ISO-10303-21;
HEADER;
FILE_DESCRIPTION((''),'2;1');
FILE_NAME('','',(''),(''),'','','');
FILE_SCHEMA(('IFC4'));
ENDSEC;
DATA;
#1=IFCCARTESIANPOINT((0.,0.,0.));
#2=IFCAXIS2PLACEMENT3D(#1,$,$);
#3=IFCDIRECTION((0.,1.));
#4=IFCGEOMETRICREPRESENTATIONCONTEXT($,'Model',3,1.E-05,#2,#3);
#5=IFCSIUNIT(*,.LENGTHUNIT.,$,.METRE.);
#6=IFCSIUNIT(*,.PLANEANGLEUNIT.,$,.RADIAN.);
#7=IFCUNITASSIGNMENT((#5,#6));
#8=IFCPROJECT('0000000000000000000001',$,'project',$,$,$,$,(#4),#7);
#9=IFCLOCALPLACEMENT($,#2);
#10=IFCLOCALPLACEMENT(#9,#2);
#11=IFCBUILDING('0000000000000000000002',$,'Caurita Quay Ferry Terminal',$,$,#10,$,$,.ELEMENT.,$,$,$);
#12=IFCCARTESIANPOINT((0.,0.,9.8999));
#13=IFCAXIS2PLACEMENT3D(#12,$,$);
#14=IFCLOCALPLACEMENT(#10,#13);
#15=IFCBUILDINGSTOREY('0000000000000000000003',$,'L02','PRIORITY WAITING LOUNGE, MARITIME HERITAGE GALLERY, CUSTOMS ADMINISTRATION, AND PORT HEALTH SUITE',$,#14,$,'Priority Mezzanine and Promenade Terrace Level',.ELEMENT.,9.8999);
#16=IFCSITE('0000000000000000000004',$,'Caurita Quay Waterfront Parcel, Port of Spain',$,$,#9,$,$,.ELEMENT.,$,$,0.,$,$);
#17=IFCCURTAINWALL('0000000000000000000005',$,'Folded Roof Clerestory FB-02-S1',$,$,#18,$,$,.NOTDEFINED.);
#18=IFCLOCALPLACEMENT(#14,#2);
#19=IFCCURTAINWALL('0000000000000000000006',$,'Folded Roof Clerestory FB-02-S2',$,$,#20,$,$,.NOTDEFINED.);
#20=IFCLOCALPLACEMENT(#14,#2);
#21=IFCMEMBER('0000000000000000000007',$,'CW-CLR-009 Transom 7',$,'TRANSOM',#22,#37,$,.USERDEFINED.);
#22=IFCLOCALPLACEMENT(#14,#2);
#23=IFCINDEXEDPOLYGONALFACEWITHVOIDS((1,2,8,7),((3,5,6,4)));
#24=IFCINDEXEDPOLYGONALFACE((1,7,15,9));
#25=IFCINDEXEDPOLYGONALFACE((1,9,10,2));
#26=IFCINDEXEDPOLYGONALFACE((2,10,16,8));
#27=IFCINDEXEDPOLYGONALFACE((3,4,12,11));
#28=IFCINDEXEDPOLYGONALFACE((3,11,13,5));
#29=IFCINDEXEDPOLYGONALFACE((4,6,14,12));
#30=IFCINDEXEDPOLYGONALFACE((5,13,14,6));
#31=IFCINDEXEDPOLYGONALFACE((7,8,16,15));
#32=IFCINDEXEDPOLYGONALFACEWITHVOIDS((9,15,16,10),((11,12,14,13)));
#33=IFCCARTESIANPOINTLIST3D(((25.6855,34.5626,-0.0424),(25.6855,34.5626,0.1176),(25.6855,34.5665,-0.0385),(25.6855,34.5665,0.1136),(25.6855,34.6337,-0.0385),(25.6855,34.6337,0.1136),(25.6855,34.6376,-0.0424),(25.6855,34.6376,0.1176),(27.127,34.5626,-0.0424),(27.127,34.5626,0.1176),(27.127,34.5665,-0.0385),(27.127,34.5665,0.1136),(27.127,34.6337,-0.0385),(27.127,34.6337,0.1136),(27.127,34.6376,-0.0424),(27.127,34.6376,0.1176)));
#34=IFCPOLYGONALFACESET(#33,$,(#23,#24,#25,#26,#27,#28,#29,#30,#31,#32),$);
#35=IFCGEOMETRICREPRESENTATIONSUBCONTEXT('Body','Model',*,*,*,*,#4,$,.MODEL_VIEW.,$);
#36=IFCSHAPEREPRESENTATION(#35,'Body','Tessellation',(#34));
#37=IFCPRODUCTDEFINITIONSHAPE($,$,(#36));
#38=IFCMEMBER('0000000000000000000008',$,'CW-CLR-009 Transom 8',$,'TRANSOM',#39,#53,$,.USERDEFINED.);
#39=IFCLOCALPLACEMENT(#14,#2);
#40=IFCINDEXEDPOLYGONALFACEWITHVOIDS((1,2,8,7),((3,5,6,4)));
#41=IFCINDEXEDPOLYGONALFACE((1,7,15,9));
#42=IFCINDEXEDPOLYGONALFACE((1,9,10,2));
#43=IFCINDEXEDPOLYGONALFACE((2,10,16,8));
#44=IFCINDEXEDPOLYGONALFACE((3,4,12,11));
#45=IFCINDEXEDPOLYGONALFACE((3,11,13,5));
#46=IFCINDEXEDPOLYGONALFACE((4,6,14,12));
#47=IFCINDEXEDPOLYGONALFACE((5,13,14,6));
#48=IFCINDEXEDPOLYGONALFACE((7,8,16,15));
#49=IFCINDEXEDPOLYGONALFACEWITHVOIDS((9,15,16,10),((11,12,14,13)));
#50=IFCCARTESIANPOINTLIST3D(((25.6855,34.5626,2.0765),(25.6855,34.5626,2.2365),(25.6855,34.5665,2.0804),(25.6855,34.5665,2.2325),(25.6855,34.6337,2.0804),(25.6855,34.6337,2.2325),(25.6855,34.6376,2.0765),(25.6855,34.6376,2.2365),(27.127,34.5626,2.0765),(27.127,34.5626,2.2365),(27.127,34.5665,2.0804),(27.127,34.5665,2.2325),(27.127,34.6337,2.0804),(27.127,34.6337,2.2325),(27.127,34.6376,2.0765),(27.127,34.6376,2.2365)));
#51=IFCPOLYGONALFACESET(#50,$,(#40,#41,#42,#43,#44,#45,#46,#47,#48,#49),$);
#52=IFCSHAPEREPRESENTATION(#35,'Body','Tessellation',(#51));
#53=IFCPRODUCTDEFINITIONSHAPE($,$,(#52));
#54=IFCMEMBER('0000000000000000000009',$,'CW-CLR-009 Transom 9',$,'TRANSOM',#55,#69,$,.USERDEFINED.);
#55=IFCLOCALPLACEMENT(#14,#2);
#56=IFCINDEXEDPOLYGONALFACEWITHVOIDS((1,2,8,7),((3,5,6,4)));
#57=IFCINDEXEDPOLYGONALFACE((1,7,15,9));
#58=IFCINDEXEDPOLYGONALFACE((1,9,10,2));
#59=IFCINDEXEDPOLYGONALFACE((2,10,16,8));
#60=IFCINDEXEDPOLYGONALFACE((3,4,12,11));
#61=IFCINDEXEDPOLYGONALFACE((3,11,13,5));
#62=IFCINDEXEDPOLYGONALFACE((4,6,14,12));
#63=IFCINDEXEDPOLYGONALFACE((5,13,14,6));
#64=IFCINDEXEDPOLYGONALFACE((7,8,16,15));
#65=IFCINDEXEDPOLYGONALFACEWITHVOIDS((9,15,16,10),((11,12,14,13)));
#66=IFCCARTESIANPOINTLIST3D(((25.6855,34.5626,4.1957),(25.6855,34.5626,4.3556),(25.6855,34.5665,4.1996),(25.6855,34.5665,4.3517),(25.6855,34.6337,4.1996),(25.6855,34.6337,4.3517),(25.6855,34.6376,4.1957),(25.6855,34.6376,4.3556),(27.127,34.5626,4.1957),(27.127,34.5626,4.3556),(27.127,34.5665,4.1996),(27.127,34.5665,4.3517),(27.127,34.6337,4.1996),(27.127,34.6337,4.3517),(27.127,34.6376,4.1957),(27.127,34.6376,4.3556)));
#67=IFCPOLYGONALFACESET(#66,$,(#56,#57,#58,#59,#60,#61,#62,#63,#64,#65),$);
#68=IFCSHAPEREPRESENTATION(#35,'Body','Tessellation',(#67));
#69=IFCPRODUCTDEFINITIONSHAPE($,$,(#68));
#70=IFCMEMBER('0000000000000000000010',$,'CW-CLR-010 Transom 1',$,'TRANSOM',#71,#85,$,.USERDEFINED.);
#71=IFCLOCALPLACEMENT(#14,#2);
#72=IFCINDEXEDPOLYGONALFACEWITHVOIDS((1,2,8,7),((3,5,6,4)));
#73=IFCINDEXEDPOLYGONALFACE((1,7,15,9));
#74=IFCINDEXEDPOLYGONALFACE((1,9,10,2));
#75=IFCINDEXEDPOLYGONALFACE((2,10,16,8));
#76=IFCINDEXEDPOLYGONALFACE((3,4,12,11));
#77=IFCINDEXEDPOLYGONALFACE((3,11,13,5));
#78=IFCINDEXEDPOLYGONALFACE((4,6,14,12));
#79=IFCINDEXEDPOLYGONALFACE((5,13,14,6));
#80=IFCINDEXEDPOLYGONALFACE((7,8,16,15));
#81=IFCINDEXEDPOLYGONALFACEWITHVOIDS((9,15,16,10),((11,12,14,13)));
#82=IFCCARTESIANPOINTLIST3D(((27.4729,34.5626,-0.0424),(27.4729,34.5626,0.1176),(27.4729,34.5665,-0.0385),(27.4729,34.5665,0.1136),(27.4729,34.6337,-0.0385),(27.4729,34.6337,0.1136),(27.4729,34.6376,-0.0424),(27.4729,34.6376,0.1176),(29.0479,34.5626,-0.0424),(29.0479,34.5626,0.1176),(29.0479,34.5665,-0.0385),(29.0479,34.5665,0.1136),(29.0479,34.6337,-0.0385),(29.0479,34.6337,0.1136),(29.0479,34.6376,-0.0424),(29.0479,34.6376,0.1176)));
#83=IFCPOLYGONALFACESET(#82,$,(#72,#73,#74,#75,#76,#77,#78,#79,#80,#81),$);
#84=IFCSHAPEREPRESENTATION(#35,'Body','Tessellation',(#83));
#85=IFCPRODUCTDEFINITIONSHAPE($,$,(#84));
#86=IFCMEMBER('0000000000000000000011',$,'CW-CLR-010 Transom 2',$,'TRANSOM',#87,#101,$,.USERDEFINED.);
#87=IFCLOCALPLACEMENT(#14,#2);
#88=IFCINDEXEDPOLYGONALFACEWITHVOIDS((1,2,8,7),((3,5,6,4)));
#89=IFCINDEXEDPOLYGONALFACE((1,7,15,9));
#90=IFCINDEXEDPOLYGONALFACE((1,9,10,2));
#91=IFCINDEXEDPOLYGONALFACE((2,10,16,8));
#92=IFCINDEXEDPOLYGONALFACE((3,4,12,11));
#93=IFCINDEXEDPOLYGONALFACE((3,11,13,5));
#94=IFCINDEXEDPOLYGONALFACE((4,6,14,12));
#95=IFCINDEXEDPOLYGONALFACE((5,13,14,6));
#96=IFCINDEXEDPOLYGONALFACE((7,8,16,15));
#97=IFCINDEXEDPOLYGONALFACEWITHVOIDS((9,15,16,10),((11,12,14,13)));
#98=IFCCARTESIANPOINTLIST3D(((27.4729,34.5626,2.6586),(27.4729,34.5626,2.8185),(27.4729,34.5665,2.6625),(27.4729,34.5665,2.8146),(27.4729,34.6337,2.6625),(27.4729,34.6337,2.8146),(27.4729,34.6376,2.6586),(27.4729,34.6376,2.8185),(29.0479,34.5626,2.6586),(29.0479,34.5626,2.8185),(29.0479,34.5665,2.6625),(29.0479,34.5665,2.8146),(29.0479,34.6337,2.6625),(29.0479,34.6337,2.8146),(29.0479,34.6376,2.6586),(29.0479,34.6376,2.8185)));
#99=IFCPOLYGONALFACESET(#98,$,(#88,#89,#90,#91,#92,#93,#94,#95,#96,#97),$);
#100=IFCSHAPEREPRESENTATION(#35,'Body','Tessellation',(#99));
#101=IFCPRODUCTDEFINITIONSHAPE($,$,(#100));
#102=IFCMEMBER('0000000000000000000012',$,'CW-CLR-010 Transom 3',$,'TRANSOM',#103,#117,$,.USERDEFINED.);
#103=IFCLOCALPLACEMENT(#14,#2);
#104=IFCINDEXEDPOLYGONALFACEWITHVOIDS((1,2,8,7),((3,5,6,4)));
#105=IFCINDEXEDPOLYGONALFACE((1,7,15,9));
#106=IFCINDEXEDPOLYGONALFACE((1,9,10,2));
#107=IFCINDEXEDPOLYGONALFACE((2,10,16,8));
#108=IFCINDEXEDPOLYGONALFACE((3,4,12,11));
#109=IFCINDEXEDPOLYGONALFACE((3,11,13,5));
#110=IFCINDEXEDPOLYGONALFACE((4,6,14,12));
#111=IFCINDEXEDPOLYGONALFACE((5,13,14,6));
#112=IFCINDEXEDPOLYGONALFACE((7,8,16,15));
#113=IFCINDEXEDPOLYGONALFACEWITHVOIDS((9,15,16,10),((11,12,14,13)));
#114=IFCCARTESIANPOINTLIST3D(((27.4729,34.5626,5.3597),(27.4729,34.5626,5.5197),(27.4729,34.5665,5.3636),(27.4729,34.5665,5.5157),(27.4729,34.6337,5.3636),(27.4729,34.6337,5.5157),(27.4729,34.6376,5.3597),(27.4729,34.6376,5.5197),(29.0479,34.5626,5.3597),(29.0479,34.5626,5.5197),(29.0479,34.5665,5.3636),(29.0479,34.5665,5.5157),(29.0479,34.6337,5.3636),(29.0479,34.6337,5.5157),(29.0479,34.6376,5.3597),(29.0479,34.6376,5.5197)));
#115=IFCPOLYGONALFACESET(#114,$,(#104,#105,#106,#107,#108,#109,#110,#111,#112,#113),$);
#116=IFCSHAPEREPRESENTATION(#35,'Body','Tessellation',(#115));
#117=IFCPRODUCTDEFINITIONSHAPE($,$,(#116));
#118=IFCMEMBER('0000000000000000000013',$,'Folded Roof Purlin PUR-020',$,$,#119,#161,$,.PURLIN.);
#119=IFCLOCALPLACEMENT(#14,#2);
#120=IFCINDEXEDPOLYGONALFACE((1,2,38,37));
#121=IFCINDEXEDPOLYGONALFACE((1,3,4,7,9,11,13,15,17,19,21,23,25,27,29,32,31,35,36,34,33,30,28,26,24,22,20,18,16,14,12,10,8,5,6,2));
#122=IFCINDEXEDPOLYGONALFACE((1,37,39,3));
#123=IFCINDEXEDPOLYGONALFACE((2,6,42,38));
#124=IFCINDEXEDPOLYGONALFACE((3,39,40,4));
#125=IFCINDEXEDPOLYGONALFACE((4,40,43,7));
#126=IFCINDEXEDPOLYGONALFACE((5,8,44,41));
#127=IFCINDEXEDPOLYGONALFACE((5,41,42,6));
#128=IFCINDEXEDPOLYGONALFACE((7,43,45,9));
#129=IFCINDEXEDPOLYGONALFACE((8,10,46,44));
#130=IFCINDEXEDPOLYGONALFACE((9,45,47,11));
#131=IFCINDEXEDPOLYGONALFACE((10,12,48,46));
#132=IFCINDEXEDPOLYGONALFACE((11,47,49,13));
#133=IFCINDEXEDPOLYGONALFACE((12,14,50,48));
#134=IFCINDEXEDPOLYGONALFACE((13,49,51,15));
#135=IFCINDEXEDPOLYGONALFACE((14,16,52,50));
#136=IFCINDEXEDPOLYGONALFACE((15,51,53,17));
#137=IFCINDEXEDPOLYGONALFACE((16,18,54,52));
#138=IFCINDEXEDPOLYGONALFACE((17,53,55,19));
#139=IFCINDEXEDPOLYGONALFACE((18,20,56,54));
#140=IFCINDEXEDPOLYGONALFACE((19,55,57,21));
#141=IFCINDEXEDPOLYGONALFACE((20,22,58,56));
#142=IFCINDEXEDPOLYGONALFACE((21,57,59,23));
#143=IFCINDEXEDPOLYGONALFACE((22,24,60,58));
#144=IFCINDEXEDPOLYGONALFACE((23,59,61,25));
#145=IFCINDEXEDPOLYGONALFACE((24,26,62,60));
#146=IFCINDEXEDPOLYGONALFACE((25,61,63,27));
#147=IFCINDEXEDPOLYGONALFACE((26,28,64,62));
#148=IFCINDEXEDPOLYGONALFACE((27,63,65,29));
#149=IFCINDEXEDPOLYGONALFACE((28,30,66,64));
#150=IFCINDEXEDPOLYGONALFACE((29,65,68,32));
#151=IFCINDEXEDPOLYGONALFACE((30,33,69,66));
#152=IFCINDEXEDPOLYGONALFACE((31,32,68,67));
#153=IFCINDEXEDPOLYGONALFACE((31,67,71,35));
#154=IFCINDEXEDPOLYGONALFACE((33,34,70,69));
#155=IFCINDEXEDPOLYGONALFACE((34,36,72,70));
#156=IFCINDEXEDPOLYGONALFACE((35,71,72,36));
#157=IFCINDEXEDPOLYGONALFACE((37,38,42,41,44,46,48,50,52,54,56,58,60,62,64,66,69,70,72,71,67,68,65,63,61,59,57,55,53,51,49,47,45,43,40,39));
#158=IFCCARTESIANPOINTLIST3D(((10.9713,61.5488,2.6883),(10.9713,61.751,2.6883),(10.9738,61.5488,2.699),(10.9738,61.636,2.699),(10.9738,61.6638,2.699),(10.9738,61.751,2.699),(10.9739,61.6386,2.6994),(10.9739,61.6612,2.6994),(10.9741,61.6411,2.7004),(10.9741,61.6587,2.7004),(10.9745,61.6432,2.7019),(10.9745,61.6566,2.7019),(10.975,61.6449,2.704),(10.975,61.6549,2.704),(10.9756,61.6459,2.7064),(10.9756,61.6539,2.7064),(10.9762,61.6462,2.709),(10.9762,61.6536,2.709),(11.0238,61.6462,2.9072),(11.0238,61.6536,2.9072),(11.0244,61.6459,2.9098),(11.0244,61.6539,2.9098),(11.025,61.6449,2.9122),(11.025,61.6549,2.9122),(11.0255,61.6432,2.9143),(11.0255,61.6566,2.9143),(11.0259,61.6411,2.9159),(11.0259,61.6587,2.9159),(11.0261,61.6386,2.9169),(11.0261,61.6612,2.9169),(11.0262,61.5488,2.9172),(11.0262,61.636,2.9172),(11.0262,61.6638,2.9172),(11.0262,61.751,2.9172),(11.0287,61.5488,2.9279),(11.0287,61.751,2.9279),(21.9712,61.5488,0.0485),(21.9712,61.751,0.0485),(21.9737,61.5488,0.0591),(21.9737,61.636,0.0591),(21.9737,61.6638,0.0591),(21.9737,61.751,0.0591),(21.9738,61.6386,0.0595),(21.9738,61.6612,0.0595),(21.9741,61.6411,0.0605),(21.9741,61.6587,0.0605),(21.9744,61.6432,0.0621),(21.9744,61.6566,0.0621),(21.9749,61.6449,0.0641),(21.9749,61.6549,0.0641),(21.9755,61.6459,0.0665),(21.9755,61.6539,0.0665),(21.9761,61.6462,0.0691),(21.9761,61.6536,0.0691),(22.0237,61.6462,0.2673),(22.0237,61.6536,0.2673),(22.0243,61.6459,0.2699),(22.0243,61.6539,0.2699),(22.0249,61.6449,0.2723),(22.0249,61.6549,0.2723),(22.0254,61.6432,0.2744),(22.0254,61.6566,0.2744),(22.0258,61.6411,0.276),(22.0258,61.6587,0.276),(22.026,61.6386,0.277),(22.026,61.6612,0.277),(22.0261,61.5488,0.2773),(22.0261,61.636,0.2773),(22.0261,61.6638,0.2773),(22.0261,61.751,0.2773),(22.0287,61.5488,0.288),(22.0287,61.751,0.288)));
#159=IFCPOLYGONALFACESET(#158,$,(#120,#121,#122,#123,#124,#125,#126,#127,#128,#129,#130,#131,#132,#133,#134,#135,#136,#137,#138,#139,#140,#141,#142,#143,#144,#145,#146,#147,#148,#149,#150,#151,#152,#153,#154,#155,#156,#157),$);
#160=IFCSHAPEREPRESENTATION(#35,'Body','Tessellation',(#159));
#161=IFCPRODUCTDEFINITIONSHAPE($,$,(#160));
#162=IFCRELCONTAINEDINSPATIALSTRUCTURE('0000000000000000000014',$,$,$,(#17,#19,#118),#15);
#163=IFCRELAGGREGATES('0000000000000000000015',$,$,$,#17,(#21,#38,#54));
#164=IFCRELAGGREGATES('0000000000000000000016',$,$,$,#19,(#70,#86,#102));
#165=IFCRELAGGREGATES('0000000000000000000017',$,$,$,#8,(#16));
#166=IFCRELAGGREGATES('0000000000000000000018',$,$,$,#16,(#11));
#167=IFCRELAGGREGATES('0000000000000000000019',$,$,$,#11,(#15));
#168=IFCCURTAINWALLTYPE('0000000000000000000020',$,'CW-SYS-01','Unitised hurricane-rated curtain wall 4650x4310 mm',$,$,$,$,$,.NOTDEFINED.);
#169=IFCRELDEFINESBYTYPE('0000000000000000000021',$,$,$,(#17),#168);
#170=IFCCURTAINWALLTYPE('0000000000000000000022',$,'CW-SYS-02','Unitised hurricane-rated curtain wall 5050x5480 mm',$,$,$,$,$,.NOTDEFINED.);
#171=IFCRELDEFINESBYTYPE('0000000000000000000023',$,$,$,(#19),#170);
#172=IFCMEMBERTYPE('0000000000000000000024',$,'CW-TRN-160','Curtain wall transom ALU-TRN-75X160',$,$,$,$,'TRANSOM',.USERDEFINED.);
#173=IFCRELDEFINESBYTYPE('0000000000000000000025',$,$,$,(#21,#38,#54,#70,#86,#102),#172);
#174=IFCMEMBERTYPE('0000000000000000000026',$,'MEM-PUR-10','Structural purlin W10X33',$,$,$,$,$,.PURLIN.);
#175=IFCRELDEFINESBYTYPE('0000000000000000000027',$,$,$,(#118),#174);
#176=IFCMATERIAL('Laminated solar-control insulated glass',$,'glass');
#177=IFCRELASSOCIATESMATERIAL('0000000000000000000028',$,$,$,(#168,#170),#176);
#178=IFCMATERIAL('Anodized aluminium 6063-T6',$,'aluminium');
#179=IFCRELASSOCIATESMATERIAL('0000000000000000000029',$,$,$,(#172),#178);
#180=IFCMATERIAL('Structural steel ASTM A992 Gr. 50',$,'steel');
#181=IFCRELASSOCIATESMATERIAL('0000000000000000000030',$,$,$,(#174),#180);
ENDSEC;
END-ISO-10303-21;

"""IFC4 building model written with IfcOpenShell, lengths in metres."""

from ifc_helpers import new_model, si_unit, direction, frame, origin, origin_2d, place, context, subcontext, project, spatial, hollow_rectangle, i_section, extrude, material, material_profile, profile_set, type_object, element, aggregate, save


model = new_model("IFC4")

# Units and contexts
model_context = context("Model", 3, precision=1e-05, world=origin(), true_north=direction((0.0, 1.0)))
body_context = subcontext(model_context, "Body", "Model", "MODEL_VIEW")
ifc_project = project(units=[si_unit("LENGTHUNIT", "METRE"), si_unit("PLANEANGLEUNIT", "RADIAN")], contexts=[model_context])

# Site, building, storey
site_placement = place(None, origin())
site = spatial("IfcSite", under=ifc_project, at=site_placement, Name="Caurita Quay Waterfront Parcel, Port of Spain", CompositionType="ELEMENT", RefElevation=0.0)
building_placement = place(site_placement, origin())
building = spatial("IfcBuilding", under=site, at=building_placement, Name="Caurita Quay Ferry Terminal", CompositionType="ELEMENT")
storey_placement = place(building_placement, frame((0.0, 0.0, 9.8999)))
storey = spatial("IfcBuildingStorey", under=building, at=storey_placement, Name="L02", Description="PRIORITY WAITING LOUNGE, MARITIME HERITAGE GALLERY, CUSTOMS ADMINISTRATION, AND PORT HEALTH SUITE", LongName="Priority Mezzanine and Promenade Terrace Level", CompositionType="ELEMENT", Elevation=9.8999)

# Shared definitions
ifc_material_1 = material(Name="Structural steel ASTM A992 Gr. 50", Category="steel")

# Shared definitions
ifc_material_2 = material(Name="Laminated solar-control insulated glass", Category="glass")
ifc_material_3 = material(Name="Anodized aluminium 6063-T6", Category="aluminium")

# Curtain wall
curtain_wall_type_1 = type_object("IfcCurtainWallType", Name="CW-SYS-01", Description="Unitised hurricane-rated curtain wall 4650x4310 mm", PredefinedType="NOTDEFINED", material=ifc_material_2)
curtain_wall_1_placement = place(storey_placement, origin())
curtain_wall_1 = element("IfcCurtainWall", 1, at=curtain_wall_1_placement, inside=storey, type_object=curtain_wall_type_1, Name="Folded Roof Clerestory FB-02-S1", PredefinedType="NOTDEFINED")

# Curtain wall
curtain_wall_type_2 = type_object("IfcCurtainWallType", Name="CW-SYS-02", Description="Unitised hurricane-rated curtain wall 5050x5480 mm", PredefinedType="NOTDEFINED", material=ifc_material_2)
curtain_wall_2_placement = place(storey_placement, origin())
curtain_wall_2 = element("IfcCurtainWall", 2, at=curtain_wall_2_placement, inside=storey, type_object=curtain_wall_type_2, Name="Folded Roof Clerestory FB-02-S2", PredefinedType="NOTDEFINED")

# Members
ifc_material_profile_1 = material_profile(ifc_material_3, hollow_rectangle(XDim=0.075, YDim=0.1599, WallThickness=0.0039, at=origin_2d()), Name="ALU-TRN-75X160")
ifc_profile_set_1 = profile_set([ifc_material_profile_1], Name="Anodized aluminium 6063-T6")
member_type_1 = type_object("IfcMemberType", Name="CW-TRN-160", Description="Curtain wall transom ALU-TRN-75X160", ElementType="TRANSOM", PredefinedType="USERDEFINED", material=ifc_profile_set_1)
member_1_placement = place(storey_placement, frame((25.6855, 34.6001, 0.0376), z_axis=(1.0, 0.0, 0.0), x_axis=(0.0, 1.0, 0.0)))
member_1 = element("IfcMember", 3, at=member_1_placement, type_object=member_type_1, Name="CW-CLR-009 Transom 7", ObjectType="TRANSOM", PredefinedType="USERDEFINED", context=body_context, shape_type="SweptSolid", body=[
    extrude(hollow_rectangle(XDim=0.075, YDim=0.1599, WallThickness=0.0039, at=origin_2d()), origin(), (0.0, 0.0, 1.0), 1.4414),
])
member_2_placement = place(storey_placement, frame((25.6855, 34.6001, 2.1565), z_axis=(1.0, 0.0, 0.0), x_axis=(0.0, 1.0, 0.0)))
member_2 = element("IfcMember", 4, at=member_2_placement, type_object=member_type_1, Name="CW-CLR-009 Transom 8", ObjectType="TRANSOM", PredefinedType="USERDEFINED", context=body_context, shape_type="SweptSolid", body=[
    extrude(hollow_rectangle(XDim=0.075, YDim=0.1599, WallThickness=0.0039, at=origin_2d()), origin(), (0.0, 0.0, 1.0), 1.4414),
])
member_3_placement = place(storey_placement, frame((25.6855, 34.6001, 4.2756), z_axis=(1.0, 0.0, 0.0), x_axis=(0.0, 1.0, 0.0)))
member_3 = element("IfcMember", 5, at=member_3_placement, type_object=member_type_1, Name="CW-CLR-009 Transom 9", ObjectType="TRANSOM", PredefinedType="USERDEFINED", context=body_context, shape_type="SweptSolid", body=[
    extrude(hollow_rectangle(XDim=0.075, YDim=0.1599, WallThickness=0.0039, at=origin_2d()), origin(), (0.0, 0.0, 1.0), 1.4414),
])
member_4_placement = place(storey_placement, frame((27.4729, 34.6001, 0.0376), z_axis=(1.0, 0.0, 0.0), x_axis=(0.0, 1.0, 0.0)))
member_4 = element("IfcMember", 6, at=member_4_placement, type_object=member_type_1, Name="CW-CLR-010 Transom 1", ObjectType="TRANSOM", PredefinedType="USERDEFINED", context=body_context, shape_type="SweptSolid", body=[
    extrude(hollow_rectangle(XDim=0.075, YDim=0.1599, WallThickness=0.0039, at=origin_2d()), origin(), (0.0, 0.0, 1.0), 1.575),
])
member_5_placement = place(storey_placement, frame((27.4729, 34.6001, 2.7385), z_axis=(1.0, 0.0, 0.0), x_axis=(0.0, 1.0, 0.0)))
member_5 = element("IfcMember", 7, at=member_5_placement, type_object=member_type_1, Name="CW-CLR-010 Transom 2", ObjectType="TRANSOM", PredefinedType="USERDEFINED", context=body_context, shape_type="SweptSolid", body=[
    extrude(hollow_rectangle(XDim=0.075, YDim=0.1599, WallThickness=0.0039, at=origin_2d()), origin(), (0.0, 0.0, 1.0), 1.575),
])
member_6_placement = place(storey_placement, frame((27.4729, 34.6001, 5.4397), z_axis=(1.0, 0.0, 0.0), x_axis=(0.0, 1.0, 0.0)))
member_6 = element("IfcMember", 8, at=member_6_placement, type_object=member_type_1, Name="CW-CLR-010 Transom 3", ObjectType="TRANSOM", PredefinedType="USERDEFINED", context=body_context, shape_type="SweptSolid", body=[
    extrude(hollow_rectangle(XDim=0.075, YDim=0.1599, WallThickness=0.0039, at=origin_2d()), origin(), (0.0, 0.0, 1.0), 1.575),
])

# Member
ifc_material_profile_2 = material_profile(ifc_material_1, i_section(OverallWidth=0.2021, OverallDepth=0.2463, WebThickness=0.0073, FlangeThickness=0.011, FilletRadius=0.0103, at=origin_2d()), Name="W10X33")
ifc_profile_set_2 = profile_set([ifc_material_profile_2], Name="Structural steel ASTM A992 Gr. 50")
member_type_2 = type_object("IfcMemberType", Name="MEM-PUR-10", Description="Structural purlin W10X33", PredefinedType="PURLIN", material=ifc_profile_set_2)
member_7_placement = place(storey_placement, frame((11.0, 61.6499, 2.8081), z_axis=(0.972389, 0.0, -0.233364), x_axis=(0.0, 1.0, 0.0)))
element("IfcMember", 9, at=member_7_placement, inside=storey, type_object=member_type_2, Name="Folded Roof Purlin PUR-020", PredefinedType="PURLIN", context=body_context, shape_type="SweptSolid", body=[
    extrude(i_section(OverallWidth=0.2021, OverallDepth=0.2463, WebThickness=0.0073, FlangeThickness=0.011, FilletRadius=0.0103, at=origin_2d()), origin(), (0.0, 0.0, 1.0), 11.3123),
])

aggregate(curtain_wall_1, [member_1, member_2, member_3])
aggregate(curtain_wall_2, [member_4, member_5, member_6])

save(model, "model.ifc")
